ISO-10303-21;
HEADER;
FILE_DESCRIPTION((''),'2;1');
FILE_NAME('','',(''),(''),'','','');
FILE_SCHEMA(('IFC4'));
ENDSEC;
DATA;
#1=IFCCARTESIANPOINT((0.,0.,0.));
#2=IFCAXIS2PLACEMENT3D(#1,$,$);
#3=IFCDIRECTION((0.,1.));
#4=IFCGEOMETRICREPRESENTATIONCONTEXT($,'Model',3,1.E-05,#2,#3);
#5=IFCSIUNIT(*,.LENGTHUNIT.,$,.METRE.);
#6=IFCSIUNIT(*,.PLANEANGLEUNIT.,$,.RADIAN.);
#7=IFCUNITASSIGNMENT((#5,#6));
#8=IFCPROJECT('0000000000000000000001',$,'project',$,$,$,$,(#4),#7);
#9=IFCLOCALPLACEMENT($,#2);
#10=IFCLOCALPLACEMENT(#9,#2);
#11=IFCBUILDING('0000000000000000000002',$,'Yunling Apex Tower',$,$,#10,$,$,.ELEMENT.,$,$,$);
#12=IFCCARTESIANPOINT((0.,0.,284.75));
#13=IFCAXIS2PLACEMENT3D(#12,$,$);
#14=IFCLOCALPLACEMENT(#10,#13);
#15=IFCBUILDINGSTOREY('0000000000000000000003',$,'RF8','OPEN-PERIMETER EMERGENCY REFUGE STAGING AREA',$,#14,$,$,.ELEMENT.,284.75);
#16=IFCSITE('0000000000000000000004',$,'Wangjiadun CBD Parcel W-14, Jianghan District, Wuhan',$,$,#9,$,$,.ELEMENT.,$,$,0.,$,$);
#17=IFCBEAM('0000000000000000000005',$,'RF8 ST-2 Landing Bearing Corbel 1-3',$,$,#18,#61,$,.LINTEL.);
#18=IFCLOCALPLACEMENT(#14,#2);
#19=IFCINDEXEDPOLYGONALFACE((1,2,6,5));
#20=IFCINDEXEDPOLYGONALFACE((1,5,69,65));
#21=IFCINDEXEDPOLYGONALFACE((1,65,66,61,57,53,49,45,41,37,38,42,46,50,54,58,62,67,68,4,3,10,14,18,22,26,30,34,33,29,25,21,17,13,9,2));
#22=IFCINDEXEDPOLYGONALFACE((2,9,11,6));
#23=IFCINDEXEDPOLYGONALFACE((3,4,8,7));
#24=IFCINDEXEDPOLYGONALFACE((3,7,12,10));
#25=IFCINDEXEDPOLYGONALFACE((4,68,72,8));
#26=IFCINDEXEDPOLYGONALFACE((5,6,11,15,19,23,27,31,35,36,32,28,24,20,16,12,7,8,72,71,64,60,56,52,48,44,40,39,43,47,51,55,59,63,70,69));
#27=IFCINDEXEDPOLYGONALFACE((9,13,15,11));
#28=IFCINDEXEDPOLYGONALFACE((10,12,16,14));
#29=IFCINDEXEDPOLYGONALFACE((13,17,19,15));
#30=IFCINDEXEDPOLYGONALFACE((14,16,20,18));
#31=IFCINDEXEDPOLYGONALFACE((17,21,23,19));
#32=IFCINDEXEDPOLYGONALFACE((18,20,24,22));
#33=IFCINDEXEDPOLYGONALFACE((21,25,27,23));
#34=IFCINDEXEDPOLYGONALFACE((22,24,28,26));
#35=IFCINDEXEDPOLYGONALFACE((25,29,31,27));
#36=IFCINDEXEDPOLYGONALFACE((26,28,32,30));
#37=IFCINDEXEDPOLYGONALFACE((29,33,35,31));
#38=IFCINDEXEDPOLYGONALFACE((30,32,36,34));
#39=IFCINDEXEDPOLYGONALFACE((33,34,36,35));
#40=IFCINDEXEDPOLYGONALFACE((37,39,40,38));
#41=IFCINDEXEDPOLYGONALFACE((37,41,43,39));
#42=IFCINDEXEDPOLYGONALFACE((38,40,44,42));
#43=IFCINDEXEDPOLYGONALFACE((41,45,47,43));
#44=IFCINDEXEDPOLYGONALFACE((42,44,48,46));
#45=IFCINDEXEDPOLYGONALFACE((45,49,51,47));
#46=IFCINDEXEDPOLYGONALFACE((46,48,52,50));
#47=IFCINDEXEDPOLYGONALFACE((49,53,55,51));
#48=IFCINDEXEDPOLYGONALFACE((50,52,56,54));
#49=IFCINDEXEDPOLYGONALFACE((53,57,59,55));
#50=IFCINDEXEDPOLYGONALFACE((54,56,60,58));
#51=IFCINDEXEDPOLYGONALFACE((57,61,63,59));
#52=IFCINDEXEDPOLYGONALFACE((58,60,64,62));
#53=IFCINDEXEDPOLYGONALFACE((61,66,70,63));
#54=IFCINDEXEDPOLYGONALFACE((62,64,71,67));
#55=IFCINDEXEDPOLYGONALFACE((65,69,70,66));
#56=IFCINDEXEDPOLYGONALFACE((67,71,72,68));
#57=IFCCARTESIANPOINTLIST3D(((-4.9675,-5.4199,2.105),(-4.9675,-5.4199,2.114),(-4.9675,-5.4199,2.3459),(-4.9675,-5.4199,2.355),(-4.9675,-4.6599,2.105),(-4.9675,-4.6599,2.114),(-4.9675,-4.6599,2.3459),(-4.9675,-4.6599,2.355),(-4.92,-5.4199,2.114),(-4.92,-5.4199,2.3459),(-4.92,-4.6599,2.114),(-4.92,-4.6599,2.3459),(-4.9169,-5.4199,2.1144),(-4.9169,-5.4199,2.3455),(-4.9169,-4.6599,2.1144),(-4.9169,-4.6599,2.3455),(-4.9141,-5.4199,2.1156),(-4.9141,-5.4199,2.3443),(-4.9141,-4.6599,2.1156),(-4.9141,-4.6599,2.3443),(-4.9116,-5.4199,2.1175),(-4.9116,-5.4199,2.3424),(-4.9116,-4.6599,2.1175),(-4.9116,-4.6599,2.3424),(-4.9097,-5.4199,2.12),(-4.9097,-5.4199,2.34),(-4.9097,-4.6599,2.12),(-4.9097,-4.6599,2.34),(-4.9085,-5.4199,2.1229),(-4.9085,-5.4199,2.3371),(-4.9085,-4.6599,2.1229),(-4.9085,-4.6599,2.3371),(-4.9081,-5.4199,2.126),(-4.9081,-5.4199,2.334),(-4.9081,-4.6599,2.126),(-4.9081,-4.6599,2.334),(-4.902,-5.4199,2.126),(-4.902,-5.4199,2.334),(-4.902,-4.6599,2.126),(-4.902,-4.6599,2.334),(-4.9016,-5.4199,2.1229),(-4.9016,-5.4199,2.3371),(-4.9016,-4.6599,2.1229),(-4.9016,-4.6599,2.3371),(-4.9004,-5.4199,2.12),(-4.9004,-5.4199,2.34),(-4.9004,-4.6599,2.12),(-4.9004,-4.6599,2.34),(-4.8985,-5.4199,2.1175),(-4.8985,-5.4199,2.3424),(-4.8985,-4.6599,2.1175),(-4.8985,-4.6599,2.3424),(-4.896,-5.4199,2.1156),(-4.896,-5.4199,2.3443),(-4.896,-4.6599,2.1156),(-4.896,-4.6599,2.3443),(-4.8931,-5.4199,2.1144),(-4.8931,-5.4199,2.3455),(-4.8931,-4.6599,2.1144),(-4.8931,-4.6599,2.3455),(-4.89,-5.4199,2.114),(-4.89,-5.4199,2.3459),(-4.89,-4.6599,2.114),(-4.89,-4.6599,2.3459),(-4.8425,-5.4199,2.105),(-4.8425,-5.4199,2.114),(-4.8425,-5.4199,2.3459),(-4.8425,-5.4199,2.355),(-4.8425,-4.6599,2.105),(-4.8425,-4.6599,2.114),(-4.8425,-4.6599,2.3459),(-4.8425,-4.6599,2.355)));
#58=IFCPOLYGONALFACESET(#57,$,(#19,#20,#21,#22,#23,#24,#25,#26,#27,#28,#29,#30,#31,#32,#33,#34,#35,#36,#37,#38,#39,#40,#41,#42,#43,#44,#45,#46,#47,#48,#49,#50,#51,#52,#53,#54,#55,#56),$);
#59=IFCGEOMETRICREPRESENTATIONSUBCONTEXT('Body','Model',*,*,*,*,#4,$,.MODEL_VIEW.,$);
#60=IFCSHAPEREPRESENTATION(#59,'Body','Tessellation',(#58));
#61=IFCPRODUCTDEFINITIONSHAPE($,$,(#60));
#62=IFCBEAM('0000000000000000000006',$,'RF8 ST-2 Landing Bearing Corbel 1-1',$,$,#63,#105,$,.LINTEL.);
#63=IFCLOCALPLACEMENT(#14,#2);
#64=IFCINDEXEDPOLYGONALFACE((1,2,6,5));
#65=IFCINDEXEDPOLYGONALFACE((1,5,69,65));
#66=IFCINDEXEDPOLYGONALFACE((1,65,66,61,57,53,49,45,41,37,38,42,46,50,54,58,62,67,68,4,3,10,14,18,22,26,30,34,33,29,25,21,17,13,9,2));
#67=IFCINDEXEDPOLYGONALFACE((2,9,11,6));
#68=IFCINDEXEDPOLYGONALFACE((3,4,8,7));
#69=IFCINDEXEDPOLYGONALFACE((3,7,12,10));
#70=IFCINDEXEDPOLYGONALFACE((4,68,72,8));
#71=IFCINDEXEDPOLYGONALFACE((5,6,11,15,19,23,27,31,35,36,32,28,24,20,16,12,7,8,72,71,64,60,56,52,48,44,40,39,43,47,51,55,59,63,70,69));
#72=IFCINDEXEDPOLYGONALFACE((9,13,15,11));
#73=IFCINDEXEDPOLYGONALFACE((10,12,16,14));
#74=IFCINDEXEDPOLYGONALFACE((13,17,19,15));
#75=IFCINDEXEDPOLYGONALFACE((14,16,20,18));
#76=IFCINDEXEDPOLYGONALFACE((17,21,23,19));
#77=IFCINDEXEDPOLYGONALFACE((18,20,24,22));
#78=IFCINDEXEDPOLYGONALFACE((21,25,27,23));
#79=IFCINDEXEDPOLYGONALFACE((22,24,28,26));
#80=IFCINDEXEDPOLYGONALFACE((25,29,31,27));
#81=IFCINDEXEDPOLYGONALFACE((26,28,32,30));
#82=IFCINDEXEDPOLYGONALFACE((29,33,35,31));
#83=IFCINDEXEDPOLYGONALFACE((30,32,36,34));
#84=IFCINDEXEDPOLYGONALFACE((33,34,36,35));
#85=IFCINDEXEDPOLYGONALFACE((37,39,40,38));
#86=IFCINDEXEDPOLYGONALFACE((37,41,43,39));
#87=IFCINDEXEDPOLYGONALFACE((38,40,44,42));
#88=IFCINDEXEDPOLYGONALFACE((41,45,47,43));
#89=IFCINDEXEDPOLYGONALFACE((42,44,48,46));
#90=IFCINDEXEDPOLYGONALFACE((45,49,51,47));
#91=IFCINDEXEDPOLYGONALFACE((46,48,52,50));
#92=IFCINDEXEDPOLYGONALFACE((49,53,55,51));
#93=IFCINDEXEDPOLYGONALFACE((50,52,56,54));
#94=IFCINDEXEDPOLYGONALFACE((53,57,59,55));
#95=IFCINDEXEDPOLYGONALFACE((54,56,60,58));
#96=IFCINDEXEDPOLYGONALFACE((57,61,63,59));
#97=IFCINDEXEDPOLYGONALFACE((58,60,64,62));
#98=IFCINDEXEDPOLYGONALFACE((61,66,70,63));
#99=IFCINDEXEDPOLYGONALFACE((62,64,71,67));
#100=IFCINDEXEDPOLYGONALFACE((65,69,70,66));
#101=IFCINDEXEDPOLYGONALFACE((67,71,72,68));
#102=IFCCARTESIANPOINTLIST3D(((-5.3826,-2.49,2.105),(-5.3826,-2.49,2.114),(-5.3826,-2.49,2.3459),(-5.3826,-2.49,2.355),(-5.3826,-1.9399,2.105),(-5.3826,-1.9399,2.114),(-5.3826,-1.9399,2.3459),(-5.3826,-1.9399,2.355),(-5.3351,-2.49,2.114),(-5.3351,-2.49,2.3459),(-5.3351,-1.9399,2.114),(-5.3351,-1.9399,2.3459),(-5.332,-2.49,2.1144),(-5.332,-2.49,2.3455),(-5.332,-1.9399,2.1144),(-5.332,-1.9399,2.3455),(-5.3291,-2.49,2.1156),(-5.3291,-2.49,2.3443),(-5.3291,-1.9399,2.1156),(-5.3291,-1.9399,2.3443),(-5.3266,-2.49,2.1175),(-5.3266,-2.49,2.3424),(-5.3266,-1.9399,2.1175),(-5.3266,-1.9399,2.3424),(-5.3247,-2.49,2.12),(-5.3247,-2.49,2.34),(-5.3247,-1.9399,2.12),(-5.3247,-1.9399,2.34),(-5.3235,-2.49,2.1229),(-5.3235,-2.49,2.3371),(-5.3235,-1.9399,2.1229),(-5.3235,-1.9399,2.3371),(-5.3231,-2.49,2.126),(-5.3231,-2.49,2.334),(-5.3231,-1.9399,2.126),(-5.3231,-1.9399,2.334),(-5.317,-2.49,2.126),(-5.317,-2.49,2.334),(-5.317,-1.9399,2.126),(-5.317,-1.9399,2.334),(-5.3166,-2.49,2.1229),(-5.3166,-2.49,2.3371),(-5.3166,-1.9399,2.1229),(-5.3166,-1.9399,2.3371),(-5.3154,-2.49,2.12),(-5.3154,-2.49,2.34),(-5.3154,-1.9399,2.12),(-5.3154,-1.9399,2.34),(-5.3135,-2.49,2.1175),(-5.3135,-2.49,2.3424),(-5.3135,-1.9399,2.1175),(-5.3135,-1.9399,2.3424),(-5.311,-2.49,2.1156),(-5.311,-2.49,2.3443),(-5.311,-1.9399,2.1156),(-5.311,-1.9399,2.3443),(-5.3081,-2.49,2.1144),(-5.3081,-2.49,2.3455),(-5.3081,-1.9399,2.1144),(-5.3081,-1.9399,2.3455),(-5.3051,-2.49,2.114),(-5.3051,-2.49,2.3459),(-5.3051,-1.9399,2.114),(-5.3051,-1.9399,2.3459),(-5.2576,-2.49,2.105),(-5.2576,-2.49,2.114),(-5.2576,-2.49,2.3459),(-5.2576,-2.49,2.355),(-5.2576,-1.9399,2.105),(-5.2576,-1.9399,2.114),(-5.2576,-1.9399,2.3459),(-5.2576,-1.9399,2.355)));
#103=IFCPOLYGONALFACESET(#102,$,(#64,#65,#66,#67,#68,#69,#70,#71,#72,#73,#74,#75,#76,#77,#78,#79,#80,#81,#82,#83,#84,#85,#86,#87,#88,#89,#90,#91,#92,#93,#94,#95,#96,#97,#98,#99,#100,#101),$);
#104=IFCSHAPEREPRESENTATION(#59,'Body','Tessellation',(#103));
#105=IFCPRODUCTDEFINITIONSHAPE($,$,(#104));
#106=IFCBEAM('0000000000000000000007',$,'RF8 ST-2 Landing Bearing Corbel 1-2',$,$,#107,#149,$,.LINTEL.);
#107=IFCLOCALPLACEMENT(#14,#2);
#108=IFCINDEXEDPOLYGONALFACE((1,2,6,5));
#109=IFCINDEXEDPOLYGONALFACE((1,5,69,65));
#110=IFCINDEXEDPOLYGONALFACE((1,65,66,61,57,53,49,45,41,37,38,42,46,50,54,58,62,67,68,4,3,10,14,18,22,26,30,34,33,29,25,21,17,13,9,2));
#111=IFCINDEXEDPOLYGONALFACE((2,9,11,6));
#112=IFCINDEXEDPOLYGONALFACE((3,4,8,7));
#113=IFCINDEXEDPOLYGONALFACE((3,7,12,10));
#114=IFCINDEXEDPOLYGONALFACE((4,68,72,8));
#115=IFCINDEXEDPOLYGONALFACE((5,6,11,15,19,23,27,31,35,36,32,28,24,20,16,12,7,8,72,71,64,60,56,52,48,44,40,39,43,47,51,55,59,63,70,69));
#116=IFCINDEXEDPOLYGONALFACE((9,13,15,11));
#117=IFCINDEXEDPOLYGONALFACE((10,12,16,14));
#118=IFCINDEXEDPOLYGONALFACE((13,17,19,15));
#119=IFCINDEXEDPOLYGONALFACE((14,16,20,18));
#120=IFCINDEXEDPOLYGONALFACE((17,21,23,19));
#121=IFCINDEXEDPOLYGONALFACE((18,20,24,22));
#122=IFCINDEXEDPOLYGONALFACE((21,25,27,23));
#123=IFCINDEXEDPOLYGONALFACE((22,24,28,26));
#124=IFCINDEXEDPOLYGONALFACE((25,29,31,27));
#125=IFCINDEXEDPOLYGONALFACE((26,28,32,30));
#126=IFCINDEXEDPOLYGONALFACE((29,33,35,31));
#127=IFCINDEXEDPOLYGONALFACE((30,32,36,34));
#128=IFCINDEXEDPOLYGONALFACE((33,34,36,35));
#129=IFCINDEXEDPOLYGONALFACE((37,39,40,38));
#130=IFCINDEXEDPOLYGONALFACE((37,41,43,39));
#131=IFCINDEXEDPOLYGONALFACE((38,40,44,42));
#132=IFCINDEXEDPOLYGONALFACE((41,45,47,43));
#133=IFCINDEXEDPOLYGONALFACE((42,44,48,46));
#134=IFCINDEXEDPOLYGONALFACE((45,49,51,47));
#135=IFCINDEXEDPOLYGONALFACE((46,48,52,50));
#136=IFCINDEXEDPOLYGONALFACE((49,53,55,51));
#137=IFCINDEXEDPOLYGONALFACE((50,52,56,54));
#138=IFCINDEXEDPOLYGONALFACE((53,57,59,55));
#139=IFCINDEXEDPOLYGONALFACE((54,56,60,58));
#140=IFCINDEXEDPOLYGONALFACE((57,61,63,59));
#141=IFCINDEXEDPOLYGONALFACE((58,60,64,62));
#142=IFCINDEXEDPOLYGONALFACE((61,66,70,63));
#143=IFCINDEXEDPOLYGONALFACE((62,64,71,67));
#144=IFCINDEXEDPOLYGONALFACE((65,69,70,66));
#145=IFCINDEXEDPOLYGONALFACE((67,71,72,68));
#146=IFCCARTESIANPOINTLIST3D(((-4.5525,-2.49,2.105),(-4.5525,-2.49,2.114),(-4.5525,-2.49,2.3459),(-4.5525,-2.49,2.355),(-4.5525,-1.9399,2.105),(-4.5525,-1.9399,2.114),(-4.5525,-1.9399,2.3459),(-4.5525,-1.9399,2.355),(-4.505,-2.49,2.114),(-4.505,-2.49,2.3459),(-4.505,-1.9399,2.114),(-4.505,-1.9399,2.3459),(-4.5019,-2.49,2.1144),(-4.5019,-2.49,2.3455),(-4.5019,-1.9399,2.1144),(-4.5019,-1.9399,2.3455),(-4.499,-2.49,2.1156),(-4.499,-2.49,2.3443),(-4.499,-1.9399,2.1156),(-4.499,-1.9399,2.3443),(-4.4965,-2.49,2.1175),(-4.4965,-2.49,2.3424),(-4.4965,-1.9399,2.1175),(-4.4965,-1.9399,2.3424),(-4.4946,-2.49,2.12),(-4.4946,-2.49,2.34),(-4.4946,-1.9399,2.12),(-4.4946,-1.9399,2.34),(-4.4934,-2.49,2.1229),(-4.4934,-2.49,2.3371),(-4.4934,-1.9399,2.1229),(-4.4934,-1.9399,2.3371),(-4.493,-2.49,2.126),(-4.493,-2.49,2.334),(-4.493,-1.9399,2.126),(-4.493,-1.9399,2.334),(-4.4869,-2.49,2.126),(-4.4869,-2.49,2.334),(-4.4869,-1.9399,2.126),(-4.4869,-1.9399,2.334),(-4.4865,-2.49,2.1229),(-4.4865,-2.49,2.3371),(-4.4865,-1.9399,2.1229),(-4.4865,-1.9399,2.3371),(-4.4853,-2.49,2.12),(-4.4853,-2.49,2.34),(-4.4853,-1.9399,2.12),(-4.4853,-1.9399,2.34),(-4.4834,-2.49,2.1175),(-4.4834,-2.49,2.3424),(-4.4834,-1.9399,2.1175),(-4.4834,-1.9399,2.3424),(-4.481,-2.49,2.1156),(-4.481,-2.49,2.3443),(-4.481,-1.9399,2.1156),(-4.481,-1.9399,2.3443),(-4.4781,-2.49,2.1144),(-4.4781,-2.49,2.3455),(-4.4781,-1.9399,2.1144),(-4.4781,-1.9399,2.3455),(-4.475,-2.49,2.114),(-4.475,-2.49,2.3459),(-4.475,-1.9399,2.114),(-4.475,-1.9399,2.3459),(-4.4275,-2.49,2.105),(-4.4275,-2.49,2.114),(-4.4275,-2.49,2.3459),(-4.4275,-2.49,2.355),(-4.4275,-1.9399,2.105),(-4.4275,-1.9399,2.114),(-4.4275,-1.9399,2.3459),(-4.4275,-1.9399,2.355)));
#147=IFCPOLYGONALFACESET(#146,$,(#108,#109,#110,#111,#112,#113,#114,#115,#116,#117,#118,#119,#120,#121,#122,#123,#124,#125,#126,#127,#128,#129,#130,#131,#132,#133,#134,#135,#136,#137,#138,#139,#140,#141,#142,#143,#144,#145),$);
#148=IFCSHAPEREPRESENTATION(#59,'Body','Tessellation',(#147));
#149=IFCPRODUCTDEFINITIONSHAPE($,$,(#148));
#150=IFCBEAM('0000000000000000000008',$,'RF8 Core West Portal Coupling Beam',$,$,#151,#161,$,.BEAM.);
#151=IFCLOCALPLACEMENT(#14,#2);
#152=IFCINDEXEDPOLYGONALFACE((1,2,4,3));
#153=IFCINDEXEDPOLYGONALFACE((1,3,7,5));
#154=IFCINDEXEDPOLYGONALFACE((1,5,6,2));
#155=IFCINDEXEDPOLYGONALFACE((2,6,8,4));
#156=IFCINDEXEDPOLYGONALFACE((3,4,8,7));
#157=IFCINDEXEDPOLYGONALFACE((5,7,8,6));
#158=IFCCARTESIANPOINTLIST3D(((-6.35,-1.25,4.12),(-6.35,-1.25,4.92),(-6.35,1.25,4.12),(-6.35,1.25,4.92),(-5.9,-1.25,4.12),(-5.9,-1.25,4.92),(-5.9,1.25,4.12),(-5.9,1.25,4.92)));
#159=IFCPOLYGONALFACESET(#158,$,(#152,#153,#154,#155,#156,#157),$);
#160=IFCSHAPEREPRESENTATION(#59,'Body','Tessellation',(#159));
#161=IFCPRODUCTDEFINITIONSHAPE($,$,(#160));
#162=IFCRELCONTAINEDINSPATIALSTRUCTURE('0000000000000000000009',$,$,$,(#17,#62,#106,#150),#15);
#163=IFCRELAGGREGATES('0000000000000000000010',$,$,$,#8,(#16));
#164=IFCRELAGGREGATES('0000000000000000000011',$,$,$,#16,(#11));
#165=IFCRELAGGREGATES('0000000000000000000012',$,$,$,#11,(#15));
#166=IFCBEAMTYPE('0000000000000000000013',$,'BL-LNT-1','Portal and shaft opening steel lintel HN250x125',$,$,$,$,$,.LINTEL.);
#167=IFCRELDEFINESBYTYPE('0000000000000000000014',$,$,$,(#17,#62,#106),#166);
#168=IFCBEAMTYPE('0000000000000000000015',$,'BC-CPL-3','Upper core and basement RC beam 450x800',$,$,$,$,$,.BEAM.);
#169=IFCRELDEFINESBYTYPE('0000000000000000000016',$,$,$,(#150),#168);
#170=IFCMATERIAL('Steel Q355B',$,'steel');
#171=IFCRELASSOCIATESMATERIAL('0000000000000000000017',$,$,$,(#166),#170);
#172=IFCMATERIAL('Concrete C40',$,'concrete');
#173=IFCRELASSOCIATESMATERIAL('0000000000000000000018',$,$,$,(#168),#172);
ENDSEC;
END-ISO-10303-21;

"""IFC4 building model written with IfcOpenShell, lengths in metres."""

from ifc_helpers import new_model, si_unit, direction, frame, origin, origin_2d, place, context, subcontext, project, spatial, rectangle, i_section, extrude, source, transform, mapped, material, material_profile, profile_set, type_object, element, save


model = new_model("IFC4")

# Units and contexts
model_context = context("Model", 3, precision=1e-05, world=origin(), true_north=direction((0.0, 1.0)))
body_context = subcontext(model_context, "Body", "Model", "MODEL_VIEW")
ifc_project = project(units=[si_unit("LENGTHUNIT", "METRE"), si_unit("PLANEANGLEUNIT", "RADIAN")], contexts=[model_context])

# Site, building, storey
site_placement = place(None, origin())
site = spatial("IfcSite", under=ifc_project, at=site_placement, Name="Wangjiadun CBD Parcel W-14, Jianghan District, Wuhan", CompositionType="ELEMENT", RefElevation=0.0)
building_placement = place(site_placement, origin())
building = spatial("IfcBuilding", under=site, at=building_placement, Name="Yunling Apex Tower", CompositionType="ELEMENT")
storey_placement = place(building_placement, frame((0.0, 0.0, 284.75)))
storey = spatial("IfcBuildingStorey", under=building, at=storey_placement, Name="RF8", Description="OPEN-PERIMETER EMERGENCY REFUGE STAGING AREA", CompositionType="ELEMENT", Elevation=284.75)

# Shared definitions
ifc_material_1 = material(Name="Steel Q355B", Category="steel")

# Beams
ifc_material_profile_1 = material_profile(ifc_material_1, i_section(OverallWidth=0.125, OverallDepth=0.25, WebThickness=0.0061, FlangeThickness=0.009, FilletRadius=0.012, at=origin_2d()))
ifc_profile_set_1 = profile_set([ifc_material_profile_1], Name="Steel Q355B")
beam_type_1 = type_object("IfcBeamType", Name="BL-LNT-1", Description="Portal and shaft opening steel lintel HN250x125", PredefinedType="LINTEL", material=ifc_profile_set_1)
shared_shape_1 = source(origin(), body_context, "Body", "SweptSolid", [
    extrude(i_section(OverallWidth=0.125, OverallDepth=0.25, WebThickness=0.0061, FlangeThickness=0.009, FilletRadius=0.012, at=origin_2d()), origin(), (0.0, 0.0, 1.0), 0.76),
])
beam_1_placement = place(storey_placement, frame((-4.905, -5.4199, 2.23), z_axis=(0.0, 1.0, 0.0), x_axis=(-1.0, 0.0, 0.0)))
element("IfcBeam", 1, at=beam_1_placement, inside=storey, type_object=beam_type_1, Name="RF8 ST-2 Landing Bearing Corbel 1-3", PredefinedType="LINTEL", context=body_context, shape_type="MappedRepresentation", body=[
    mapped(shared_shape_1, transform((0.0, 0.0, 0.0), scale=1.0)),
])
shared_shape_2 = source(origin(), body_context, "Body", "SweptSolid", [
    extrude(i_section(OverallWidth=0.125, OverallDepth=0.25, WebThickness=0.0061, FlangeThickness=0.009, FilletRadius=0.012, at=origin_2d()), origin(), (0.0, 0.0, 1.0), 0.55),
])
for number, where, z_axis, x_axis, name in (
    (2, (-5.3201, -1.9399, 2.23), (0.0, -1.0, 0.0), (1.0, 0.0, 0.0), "RF8 ST-2 Landing Bearing Corbel 1-1"),
    (3, (-4.49, -1.9399, 2.23), (0.0, -1.0, 0.0), (1.0, 0.0, 0.0), "RF8 ST-2 Landing Bearing Corbel 1-2"),
):
    element("IfcBeam", number, at=place(storey_placement, frame(where, z_axis=z_axis, x_axis=x_axis)), inside=storey, type_object=beam_type_1, Name=name, PredefinedType="LINTEL", context=body_context, shape_type="MappedRepresentation", body=[
        mapped(shared_shape_2, transform((0.0, 0.0, 0.0), scale=1.0)),
    ])
ifc_material_2 = material(Name="Concrete C40", Category="concrete")
ifc_material_profile_2 = material_profile(ifc_material_2, rectangle(XDim=0.45, YDim=0.8, at=origin_2d()))
ifc_profile_set_2 = profile_set([ifc_material_profile_2], Name="Concrete C40")
beam_type_2 = type_object("IfcBeamType", Name="BC-CPL-3", Description="Upper core and basement RC beam 450x800", PredefinedType="BEAM", material=ifc_profile_set_2)
shared_shape_3 = source(origin(), body_context, "Body", "SweptSolid", [
    extrude(rectangle(XDim=0.45, YDim=0.8, at=origin_2d()), origin(), (0.0, 0.0, 1.0), 2.5),
])
beam_2_placement = place(storey_placement, frame((-6.125, -1.25, 4.52), z_axis=(0.0, 1.0, 0.0), x_axis=(-1.0, 0.0, 0.0)))
element("IfcBeam", 4, at=beam_2_placement, inside=storey, type_object=beam_type_2, Name="RF8 Core West Portal Coupling Beam", PredefinedType="BEAM", context=body_context, shape_type="MappedRepresentation", body=[
    mapped(shared_shape_3, transform((0.0, 0.0, 0.0), scale=1.0)),
])

save(model, "model.ifc")
